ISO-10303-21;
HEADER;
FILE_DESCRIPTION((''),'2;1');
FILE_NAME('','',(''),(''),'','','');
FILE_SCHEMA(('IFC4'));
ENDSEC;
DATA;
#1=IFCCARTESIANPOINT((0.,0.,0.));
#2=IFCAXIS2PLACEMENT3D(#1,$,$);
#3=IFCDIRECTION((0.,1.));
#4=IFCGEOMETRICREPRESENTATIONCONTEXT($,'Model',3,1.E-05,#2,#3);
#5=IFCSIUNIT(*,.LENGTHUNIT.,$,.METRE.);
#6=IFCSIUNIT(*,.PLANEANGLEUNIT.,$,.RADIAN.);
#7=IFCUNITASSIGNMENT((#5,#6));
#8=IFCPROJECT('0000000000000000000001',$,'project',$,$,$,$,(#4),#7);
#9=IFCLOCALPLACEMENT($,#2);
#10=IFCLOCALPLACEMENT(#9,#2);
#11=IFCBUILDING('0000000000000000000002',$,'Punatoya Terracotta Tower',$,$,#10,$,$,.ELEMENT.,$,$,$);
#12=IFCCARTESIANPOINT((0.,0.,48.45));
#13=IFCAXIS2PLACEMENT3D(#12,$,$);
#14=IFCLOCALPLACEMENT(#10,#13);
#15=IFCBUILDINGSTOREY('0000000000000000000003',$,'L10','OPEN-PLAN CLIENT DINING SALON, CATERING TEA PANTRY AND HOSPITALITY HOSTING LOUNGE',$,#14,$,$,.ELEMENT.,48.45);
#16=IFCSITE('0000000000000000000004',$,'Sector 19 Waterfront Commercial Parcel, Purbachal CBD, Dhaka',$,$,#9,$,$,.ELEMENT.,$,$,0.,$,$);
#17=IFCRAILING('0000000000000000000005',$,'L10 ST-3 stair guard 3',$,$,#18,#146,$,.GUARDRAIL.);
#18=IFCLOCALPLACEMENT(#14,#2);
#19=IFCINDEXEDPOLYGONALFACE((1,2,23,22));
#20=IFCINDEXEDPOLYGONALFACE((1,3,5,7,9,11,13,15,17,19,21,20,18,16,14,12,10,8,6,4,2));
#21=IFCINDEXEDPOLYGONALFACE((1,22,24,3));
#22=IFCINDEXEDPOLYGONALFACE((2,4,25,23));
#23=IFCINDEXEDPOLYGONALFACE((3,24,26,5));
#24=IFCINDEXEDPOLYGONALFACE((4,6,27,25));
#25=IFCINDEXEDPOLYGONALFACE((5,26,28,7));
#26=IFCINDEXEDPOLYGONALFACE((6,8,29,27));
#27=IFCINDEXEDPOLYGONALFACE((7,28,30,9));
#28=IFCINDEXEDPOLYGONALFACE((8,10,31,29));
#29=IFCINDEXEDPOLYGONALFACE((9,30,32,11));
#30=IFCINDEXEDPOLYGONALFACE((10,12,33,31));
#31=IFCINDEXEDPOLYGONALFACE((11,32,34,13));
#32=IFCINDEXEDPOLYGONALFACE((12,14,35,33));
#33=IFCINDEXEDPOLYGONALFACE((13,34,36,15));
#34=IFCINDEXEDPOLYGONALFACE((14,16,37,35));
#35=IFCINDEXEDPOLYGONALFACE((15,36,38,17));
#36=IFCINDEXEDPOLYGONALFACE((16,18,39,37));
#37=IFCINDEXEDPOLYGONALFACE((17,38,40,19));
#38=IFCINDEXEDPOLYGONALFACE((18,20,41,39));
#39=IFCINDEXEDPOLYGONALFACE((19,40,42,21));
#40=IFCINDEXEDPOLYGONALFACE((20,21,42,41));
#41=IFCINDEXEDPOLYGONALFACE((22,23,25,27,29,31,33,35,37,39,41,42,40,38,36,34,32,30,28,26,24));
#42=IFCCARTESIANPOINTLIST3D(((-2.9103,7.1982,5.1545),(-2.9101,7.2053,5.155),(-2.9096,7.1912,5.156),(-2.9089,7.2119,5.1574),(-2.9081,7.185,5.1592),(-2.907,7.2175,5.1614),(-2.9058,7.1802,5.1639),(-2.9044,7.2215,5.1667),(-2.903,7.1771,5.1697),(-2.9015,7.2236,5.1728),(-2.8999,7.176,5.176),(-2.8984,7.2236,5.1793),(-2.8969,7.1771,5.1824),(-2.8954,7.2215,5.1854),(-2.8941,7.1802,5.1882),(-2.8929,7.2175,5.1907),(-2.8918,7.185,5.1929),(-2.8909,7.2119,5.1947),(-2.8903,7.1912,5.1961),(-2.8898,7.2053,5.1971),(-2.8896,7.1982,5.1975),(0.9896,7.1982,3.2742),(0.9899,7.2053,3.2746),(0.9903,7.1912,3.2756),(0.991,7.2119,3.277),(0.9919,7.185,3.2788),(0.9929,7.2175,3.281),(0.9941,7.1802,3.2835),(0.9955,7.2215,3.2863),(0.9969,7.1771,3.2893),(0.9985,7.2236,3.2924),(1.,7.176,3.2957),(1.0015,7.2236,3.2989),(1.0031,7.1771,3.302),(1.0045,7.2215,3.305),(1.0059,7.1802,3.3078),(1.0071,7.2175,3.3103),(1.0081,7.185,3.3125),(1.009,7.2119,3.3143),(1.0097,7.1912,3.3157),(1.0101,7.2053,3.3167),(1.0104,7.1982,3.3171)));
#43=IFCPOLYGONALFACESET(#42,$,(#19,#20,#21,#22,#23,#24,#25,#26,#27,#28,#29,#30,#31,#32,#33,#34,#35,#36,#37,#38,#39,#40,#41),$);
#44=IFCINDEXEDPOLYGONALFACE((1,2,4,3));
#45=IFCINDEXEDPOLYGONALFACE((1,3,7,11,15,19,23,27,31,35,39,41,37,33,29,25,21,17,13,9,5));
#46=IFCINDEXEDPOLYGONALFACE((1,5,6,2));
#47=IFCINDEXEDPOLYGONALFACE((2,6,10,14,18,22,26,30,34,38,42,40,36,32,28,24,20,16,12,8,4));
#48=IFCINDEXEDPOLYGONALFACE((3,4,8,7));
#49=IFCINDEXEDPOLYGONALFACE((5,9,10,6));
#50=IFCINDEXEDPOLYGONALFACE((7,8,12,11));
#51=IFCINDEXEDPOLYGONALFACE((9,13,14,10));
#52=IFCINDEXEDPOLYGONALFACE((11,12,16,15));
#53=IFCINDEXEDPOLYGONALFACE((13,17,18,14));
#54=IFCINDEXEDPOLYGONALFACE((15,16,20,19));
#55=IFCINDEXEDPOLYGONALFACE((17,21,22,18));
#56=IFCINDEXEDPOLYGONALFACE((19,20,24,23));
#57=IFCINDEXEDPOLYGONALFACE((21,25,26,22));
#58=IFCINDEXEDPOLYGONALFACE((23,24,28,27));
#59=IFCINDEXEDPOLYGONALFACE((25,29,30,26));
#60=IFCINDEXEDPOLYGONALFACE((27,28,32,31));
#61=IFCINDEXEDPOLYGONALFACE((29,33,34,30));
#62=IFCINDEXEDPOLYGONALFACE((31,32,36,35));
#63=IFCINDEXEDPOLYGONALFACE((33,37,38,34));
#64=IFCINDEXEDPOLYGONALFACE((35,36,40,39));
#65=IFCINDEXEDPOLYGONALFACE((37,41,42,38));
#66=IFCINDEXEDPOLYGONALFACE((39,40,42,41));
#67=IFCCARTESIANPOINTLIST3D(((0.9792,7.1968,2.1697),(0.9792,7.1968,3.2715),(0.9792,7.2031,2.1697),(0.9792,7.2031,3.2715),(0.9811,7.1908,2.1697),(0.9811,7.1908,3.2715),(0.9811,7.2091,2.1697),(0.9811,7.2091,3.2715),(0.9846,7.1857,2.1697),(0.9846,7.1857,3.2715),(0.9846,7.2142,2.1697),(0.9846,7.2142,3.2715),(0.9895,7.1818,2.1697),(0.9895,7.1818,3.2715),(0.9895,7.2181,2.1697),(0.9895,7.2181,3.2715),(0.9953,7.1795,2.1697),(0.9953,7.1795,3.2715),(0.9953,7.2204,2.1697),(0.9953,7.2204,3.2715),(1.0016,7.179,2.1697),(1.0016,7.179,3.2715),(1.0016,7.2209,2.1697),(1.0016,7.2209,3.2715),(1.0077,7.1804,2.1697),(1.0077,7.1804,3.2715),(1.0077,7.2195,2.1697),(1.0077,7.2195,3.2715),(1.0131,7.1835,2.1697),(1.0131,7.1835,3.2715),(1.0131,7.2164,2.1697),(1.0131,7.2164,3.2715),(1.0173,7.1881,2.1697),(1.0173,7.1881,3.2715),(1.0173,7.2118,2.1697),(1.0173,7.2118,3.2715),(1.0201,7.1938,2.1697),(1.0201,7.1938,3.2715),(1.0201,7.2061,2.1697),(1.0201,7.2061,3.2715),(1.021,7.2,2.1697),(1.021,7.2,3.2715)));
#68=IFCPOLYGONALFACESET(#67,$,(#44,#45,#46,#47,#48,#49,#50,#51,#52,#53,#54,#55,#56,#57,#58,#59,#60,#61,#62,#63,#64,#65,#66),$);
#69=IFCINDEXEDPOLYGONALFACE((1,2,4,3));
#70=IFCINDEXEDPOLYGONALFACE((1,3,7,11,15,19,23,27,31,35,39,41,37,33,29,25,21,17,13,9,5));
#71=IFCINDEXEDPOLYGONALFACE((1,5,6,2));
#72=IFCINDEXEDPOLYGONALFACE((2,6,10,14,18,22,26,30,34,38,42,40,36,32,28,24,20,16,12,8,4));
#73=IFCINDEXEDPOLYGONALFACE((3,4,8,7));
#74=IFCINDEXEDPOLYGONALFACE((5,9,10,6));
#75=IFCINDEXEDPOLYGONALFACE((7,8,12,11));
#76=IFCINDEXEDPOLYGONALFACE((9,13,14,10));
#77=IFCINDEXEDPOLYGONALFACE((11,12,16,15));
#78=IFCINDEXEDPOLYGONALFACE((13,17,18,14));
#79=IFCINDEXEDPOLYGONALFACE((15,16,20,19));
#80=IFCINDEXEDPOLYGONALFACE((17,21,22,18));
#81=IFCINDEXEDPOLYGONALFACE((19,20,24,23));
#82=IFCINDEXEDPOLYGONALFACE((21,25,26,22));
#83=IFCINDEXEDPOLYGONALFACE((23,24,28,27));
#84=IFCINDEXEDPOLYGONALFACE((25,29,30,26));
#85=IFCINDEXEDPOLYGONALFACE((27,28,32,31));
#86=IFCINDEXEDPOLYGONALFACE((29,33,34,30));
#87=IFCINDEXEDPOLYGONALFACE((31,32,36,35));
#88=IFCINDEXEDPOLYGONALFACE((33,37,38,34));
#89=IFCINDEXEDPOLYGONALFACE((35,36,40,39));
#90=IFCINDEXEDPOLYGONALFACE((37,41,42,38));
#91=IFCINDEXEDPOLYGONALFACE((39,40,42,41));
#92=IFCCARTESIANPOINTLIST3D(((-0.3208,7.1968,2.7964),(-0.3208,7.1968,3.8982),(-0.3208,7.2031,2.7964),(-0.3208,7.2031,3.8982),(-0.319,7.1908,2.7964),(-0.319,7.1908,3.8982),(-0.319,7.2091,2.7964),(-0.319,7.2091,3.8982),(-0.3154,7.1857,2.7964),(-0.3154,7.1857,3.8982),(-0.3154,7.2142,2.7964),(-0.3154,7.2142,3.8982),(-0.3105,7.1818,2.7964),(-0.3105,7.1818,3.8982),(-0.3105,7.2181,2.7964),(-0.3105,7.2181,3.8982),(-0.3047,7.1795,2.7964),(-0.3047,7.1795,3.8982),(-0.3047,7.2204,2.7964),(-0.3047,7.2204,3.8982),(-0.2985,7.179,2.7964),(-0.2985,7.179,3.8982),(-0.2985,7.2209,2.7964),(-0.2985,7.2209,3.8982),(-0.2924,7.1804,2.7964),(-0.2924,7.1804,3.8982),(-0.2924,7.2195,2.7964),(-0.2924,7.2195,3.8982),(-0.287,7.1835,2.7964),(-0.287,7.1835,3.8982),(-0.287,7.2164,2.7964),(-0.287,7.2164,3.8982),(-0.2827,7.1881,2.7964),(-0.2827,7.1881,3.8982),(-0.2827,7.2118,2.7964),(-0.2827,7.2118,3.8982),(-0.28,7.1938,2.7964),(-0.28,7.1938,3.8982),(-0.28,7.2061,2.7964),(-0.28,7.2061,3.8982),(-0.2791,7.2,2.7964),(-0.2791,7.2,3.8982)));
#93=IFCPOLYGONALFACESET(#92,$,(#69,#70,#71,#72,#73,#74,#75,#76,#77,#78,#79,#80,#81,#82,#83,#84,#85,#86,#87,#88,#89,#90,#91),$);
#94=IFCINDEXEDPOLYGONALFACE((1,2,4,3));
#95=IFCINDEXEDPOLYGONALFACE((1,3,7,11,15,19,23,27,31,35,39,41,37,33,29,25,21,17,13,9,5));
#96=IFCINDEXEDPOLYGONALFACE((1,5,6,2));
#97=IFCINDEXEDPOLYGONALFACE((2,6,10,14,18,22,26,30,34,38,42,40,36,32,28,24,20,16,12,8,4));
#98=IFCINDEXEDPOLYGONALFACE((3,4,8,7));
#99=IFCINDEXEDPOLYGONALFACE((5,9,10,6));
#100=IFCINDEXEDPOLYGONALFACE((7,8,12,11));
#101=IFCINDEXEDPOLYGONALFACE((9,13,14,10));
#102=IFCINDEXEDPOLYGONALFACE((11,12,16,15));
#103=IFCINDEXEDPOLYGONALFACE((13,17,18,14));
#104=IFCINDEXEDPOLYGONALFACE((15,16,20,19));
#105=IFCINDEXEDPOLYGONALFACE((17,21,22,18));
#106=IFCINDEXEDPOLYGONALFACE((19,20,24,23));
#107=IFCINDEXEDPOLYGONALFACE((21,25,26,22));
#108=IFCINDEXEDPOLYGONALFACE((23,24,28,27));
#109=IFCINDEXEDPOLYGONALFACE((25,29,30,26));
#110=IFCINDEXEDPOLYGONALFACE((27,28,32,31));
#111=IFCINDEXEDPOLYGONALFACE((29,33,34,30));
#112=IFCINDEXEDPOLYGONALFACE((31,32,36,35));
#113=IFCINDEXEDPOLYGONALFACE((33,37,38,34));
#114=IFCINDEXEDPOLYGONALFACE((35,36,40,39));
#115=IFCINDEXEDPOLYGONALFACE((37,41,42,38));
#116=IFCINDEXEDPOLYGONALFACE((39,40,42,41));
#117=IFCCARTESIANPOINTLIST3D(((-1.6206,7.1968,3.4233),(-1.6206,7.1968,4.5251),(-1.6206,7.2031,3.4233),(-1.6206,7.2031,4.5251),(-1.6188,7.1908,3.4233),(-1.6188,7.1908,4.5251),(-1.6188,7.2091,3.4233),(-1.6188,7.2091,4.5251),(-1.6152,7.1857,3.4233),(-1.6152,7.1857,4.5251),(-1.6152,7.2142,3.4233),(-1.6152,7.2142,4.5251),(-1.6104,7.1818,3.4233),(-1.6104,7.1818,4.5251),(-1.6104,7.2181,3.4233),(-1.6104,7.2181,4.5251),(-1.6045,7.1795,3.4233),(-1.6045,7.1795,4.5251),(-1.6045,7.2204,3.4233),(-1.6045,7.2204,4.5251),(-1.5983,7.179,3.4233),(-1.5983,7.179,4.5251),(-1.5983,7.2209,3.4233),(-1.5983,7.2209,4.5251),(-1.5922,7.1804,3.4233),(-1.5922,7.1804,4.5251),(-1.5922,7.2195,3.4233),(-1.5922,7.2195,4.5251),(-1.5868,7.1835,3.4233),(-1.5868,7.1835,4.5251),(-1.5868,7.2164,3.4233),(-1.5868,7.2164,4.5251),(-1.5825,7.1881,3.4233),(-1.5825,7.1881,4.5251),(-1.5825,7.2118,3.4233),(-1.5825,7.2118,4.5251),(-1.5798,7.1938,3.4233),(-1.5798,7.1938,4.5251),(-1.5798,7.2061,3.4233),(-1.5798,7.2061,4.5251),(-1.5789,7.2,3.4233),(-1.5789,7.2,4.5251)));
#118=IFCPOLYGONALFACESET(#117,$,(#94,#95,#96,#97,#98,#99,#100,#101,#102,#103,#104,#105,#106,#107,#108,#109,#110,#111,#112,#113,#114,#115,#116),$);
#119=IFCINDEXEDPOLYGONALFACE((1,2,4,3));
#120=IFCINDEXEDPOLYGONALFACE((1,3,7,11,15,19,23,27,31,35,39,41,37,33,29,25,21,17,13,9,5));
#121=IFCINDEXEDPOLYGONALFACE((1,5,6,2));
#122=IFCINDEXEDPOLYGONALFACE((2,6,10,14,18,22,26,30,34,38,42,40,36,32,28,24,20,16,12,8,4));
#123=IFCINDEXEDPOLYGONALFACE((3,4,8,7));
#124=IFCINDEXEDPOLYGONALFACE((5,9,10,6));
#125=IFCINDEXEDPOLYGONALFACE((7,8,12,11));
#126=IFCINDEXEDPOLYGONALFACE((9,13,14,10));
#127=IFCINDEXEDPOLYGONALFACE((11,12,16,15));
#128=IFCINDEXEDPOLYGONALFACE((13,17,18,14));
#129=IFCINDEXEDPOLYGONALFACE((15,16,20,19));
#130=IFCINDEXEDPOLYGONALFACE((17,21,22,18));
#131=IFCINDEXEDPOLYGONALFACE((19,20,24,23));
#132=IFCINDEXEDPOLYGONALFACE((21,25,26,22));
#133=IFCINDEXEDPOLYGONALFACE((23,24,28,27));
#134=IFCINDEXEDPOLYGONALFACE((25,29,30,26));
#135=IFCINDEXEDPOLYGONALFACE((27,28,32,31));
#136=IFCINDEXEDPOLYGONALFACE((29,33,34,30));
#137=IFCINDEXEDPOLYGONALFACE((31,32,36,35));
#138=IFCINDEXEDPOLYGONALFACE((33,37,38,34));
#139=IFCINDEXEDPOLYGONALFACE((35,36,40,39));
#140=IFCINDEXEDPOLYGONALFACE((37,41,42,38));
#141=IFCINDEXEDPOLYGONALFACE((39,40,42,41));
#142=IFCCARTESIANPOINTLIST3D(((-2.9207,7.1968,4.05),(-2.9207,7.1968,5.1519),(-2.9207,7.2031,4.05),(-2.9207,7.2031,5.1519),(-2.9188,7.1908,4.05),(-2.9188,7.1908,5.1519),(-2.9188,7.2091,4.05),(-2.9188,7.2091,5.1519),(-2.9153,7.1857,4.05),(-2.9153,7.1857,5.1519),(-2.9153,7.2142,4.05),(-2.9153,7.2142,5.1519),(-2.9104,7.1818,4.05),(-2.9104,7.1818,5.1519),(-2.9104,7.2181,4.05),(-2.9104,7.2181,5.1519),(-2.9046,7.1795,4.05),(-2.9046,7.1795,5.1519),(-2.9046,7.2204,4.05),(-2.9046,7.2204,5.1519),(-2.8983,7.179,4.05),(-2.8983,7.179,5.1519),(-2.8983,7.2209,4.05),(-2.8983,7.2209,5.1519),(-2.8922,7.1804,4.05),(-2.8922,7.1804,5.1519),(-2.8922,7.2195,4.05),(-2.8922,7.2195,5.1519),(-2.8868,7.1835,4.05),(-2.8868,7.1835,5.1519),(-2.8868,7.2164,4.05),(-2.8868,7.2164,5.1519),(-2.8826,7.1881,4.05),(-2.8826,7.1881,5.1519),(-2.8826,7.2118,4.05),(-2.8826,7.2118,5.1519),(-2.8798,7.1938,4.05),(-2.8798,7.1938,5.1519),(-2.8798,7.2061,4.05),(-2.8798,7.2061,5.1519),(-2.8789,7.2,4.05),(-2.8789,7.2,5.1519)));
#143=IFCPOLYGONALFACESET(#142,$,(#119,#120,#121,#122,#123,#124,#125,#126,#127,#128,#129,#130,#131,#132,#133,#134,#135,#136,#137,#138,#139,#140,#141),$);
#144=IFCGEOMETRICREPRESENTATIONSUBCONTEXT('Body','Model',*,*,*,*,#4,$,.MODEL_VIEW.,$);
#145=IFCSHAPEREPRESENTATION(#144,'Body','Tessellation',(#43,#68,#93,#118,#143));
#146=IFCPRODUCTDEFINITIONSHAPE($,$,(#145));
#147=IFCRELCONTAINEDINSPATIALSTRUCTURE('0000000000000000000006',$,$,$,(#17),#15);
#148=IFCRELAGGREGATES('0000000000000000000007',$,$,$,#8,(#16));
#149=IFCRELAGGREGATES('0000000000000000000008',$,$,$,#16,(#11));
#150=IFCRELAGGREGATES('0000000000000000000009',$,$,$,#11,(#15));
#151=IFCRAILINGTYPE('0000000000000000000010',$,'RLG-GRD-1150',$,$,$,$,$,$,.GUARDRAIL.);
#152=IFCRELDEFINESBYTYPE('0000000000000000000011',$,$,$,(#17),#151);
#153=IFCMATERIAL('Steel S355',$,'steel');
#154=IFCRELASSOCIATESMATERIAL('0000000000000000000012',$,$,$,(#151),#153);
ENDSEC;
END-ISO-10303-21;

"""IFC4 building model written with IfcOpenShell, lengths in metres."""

from ifc_helpers import new_model, si_unit, direction, frame, origin, origin_2d, place, context, subcontext, project, spatial, circle, extrude, material, type_object, element, save


model = new_model("IFC4")

# Units and contexts
model_context = context("Model", 3, precision=1e-05, world=origin(), true_north=direction((0.0, 1.0)))
body_context = subcontext(model_context, "Body", "Model", "MODEL_VIEW")
ifc_project = project(units=[si_unit("LENGTHUNIT", "METRE"), si_unit("PLANEANGLEUNIT", "RADIAN")], contexts=[model_context])

# Site, building, storey
site_placement = place(None, origin())
site = spatial("IfcSite", under=ifc_project, at=site_placement, Name="Sector 19 Waterfront Commercial Parcel, Purbachal CBD, Dhaka", CompositionType="ELEMENT", RefElevation=0.0)
building_placement = place(site_placement, origin())
building = spatial("IfcBuilding", under=site, at=building_placement, Name="Punatoya Terracotta Tower", CompositionType="ELEMENT")
storey_placement = place(building_placement, frame((0.0, 0.0, 48.45)))
storey = spatial("IfcBuildingStorey", under=building, at=storey_placement, Name="L10", Description="OPEN-PLAN CLIENT DINING SALON, CATERING TEA PANTRY AND HOSPITALITY HOSTING LOUNGE", CompositionType="ELEMENT", Elevation=48.45)

# Shared definitions
ifc_material_1 = material(Name="Steel S355", Category="steel")

# Railing
railing_type_1 = type_object("IfcRailingType", Name="RLG-GRD-1150", PredefinedType="GUARDRAIL", material=ifc_material_1)
railing_1_placement = place(storey_placement, frame((1.0, 7.2, 2.1697)))
element("IfcRailing", 1, at=railing_1_placement, inside=storey, type_object=railing_type_1, Name="L10 ST-3 stair guard 3", PredefinedType="GUARDRAIL", context=body_context, shape_type="SweptSolid", body=[
    extrude(circle(Radius=0.0239, at=origin_2d()), frame((0.0, 0.0, 1.126), z_axis=(-0.900763, 0.0, 0.434311), x_axis=(0.0, -1.0, 0.0)), (0.0, 0.0, 1.0), 4.3296),
    extrude(circle(Radius=0.021, at=origin_2d()), origin(), (0.0, 0.0, 1.0), 1.1018),
    extrude(circle(Radius=0.021, at=origin_2d()), frame((-1.3, 0.0, 0.6267)), (0.0, 0.0, 1.0), 1.1018),
    extrude(circle(Radius=0.021, at=origin_2d()), frame((-2.5999, 0.0, 1.2537)), (0.0, 0.0, 1.0), 1.1018),
    extrude(circle(Radius=0.021, at=origin_2d()), frame((-3.8999, 0.0, 1.8804)), (0.0, 0.0, 1.0), 1.1018),
])

save(model, "model.ifc")
